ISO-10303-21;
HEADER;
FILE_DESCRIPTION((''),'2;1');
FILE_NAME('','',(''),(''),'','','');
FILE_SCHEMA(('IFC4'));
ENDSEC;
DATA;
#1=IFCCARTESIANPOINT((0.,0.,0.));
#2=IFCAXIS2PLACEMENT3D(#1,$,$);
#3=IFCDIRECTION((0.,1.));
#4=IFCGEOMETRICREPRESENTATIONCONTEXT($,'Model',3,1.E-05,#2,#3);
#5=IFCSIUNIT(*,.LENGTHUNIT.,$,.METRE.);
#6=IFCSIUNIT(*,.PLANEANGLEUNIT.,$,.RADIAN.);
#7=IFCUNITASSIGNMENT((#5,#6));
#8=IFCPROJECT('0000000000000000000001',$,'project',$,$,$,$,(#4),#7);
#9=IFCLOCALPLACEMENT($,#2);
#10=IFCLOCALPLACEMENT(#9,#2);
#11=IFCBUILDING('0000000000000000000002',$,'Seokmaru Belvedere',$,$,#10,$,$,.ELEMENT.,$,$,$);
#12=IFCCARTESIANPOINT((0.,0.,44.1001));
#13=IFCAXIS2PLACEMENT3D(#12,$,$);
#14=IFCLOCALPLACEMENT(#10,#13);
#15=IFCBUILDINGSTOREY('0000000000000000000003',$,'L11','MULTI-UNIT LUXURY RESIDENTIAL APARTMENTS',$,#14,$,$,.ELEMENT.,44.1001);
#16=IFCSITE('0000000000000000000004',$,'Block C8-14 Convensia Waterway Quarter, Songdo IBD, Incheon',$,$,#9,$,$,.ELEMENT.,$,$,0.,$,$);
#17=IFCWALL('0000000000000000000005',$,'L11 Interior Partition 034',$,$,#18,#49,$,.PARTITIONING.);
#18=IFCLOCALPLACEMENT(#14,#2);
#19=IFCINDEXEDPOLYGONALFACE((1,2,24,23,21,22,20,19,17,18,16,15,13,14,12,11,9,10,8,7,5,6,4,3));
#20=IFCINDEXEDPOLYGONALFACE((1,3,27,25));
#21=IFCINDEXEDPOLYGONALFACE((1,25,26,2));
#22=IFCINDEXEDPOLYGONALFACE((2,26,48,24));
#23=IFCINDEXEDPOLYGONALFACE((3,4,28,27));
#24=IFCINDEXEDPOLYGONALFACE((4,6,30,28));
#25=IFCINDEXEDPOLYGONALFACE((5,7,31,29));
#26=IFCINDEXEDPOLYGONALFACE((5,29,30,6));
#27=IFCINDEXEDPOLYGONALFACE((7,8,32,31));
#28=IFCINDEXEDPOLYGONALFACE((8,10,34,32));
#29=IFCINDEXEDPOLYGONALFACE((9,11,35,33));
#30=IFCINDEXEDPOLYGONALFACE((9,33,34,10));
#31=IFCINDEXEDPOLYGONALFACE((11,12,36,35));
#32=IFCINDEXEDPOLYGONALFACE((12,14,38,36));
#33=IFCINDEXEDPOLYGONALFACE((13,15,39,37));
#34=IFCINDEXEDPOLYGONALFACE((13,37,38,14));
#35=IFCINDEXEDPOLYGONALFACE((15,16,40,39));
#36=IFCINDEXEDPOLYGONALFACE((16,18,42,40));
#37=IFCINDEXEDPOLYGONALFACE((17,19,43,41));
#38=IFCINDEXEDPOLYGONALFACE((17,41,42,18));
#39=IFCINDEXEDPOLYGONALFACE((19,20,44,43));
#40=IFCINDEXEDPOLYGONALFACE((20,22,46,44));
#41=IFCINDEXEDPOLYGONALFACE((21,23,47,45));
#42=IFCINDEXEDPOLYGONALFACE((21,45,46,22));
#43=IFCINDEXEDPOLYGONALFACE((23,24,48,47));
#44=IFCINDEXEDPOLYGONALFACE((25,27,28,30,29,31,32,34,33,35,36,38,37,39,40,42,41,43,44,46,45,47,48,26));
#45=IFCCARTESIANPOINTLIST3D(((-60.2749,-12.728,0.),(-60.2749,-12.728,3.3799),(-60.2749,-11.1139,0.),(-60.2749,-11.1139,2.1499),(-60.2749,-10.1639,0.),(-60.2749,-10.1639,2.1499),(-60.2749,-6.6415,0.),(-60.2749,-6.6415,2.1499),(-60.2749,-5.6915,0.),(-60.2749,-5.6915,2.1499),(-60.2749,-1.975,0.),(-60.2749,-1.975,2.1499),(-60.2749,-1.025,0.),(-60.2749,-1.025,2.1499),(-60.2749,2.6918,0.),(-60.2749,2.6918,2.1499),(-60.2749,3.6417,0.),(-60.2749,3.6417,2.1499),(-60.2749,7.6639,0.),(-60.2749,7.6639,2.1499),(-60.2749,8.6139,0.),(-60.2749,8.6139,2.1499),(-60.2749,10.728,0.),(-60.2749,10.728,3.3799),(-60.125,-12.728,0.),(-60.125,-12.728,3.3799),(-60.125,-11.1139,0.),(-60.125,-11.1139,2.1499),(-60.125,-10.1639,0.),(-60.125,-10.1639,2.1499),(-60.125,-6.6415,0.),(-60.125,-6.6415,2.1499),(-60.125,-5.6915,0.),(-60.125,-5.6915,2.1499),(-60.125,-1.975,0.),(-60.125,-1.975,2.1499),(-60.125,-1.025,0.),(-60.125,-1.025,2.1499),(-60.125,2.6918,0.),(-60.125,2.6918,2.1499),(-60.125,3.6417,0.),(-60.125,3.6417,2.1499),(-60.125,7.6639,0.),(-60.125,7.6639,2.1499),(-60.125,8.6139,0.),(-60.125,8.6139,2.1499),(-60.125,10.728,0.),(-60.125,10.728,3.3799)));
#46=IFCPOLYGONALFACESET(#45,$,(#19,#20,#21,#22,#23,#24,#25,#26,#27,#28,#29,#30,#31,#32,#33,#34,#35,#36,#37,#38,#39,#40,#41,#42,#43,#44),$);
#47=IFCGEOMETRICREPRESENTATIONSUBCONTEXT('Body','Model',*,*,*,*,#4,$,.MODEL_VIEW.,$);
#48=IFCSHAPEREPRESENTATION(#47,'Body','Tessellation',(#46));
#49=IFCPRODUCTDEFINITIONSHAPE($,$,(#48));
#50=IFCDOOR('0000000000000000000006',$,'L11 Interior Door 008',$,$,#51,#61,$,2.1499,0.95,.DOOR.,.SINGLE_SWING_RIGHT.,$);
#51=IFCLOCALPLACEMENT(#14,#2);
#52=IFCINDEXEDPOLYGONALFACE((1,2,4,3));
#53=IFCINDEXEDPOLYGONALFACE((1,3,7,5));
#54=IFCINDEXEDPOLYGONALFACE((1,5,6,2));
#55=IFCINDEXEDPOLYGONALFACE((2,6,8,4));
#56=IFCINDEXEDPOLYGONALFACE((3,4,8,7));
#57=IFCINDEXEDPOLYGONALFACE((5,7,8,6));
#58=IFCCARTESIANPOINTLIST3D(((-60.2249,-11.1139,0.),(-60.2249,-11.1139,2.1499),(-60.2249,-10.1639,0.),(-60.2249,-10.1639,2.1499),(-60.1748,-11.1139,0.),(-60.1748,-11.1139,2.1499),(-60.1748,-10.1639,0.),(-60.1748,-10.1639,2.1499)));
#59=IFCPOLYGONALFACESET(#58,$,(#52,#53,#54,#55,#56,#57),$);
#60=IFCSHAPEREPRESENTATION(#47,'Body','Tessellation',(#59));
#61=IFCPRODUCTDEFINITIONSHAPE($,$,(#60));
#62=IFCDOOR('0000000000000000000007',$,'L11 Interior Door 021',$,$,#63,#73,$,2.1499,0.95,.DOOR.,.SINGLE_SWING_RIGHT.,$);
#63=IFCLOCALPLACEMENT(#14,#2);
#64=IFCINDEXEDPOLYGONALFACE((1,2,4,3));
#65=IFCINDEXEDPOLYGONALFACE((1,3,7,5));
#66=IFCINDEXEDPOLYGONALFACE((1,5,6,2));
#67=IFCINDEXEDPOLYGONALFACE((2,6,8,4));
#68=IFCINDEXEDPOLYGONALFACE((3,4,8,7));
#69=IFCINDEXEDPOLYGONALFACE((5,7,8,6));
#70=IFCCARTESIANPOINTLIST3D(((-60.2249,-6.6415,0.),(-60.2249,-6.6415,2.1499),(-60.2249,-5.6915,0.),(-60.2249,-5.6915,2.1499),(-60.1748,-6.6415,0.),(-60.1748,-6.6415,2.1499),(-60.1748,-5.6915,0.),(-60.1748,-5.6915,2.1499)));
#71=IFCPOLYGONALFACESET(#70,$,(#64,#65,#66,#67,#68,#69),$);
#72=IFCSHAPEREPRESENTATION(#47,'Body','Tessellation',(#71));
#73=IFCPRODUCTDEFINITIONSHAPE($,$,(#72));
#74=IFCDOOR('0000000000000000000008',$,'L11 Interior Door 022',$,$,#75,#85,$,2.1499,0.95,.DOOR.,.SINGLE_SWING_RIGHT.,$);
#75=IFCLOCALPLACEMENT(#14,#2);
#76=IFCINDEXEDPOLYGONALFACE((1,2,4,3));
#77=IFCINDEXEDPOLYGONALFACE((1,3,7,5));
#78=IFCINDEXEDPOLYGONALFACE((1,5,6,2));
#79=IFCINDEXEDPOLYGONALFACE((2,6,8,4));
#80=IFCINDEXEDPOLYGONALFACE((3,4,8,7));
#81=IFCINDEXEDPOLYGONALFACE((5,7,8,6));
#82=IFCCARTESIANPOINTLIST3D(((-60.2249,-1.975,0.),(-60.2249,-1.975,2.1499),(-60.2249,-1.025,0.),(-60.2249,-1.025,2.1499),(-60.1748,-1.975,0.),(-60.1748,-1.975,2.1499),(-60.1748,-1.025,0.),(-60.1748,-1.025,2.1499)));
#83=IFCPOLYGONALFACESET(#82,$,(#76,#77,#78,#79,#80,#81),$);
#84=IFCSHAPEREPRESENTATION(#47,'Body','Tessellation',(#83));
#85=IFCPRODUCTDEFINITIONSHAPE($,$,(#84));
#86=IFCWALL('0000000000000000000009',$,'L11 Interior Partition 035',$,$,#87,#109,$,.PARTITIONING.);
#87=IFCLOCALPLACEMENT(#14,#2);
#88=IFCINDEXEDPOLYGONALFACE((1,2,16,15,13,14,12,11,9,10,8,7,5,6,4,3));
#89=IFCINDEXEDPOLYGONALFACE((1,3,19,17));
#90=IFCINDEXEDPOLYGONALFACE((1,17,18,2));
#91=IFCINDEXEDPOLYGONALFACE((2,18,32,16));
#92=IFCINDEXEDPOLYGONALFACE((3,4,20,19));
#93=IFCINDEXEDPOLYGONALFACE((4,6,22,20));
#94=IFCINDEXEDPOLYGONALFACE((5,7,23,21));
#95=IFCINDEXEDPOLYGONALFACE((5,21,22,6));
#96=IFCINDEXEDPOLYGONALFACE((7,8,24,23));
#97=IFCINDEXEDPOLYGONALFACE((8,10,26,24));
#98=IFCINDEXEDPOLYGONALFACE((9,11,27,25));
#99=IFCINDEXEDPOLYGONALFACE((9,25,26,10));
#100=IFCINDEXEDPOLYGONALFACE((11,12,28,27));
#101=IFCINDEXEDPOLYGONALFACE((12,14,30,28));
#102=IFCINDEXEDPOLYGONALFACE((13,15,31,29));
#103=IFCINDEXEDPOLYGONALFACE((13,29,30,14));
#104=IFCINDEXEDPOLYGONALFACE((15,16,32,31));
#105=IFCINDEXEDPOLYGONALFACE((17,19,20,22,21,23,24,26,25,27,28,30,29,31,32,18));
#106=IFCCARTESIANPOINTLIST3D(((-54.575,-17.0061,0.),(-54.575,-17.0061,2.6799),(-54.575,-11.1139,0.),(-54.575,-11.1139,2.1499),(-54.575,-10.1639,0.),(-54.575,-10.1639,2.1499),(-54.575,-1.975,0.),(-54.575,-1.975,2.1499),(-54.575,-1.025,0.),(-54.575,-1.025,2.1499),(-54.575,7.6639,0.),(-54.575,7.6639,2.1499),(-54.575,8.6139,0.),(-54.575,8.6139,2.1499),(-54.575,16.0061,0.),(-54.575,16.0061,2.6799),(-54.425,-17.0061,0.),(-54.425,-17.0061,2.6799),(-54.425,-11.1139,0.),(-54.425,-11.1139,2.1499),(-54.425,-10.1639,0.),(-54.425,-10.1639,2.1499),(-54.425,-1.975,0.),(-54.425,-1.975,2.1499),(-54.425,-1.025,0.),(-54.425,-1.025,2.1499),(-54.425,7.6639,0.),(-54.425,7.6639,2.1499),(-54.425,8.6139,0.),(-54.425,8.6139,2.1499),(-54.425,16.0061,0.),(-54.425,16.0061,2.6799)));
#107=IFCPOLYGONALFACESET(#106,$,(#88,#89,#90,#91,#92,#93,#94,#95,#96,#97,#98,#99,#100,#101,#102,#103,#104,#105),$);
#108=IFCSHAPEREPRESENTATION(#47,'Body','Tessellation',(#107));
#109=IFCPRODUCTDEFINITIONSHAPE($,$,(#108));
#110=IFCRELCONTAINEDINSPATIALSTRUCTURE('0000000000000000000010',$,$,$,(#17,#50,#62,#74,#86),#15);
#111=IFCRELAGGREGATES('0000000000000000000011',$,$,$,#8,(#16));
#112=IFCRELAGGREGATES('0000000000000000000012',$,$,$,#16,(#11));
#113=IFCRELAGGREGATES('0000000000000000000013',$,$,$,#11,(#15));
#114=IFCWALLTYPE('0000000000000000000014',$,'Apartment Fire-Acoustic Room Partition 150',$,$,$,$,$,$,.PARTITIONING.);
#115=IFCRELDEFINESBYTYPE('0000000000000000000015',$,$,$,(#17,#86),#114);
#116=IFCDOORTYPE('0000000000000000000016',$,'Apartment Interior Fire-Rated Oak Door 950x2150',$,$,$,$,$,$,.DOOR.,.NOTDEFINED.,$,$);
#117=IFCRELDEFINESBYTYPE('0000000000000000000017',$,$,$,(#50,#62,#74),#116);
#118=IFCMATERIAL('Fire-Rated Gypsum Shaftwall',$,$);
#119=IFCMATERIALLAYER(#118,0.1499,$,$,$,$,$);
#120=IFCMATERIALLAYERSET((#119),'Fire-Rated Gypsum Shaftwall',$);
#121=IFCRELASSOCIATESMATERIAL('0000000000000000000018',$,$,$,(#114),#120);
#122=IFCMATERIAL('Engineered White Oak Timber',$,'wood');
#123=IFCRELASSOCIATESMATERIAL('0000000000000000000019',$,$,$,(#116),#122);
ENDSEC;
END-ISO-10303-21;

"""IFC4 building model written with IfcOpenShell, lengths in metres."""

from ifc_helpers import new_model, si_unit, direction, frame, frame_2d, origin, place, context, subcontext, project, spatial, rectangle, extrude, source, transform, mapped, material, layer, layer_set, type_object, type_shapes, element, fill, save


model = new_model("IFC4")

# Units and contexts
model_context = context("Model", 3, precision=1e-05, world=origin(), true_north=direction((0.0, 1.0)))
body_context = subcontext(model_context, "Body", "Model", "MODEL_VIEW")
ifc_project = project(units=[si_unit("LENGTHUNIT", "METRE"), si_unit("PLANEANGLEUNIT", "RADIAN")], contexts=[model_context])

# Site, building, storey
site_placement = place(None, origin())
site = spatial("IfcSite", under=ifc_project, at=site_placement, Name="Block C8-14 Convensia Waterway Quarter, Songdo IBD, Incheon", CompositionType="ELEMENT", RefElevation=0.0)
building_placement = place(site_placement, origin())
building = spatial("IfcBuilding", under=site, at=building_placement, Name="Seokmaru Belvedere", CompositionType="ELEMENT")
storey_placement = place(building_placement, frame((0.0, 0.0, 44.1001)))
storey = spatial("IfcBuildingStorey", under=building, at=storey_placement, Name="L11", Description="MULTI-UNIT LUXURY RESIDENTIAL APARTMENTS", CompositionType="ELEMENT", Elevation=44.1001)

# Shared definitions
ifc_material_1 = material(Name="Fire-Rated Gypsum Shaftwall")
ifc_layer_1 = layer(ifc_material_1, 0.1499)
ifc_layer_set_1 = layer_set([ifc_layer_1], Name="Fire-Rated Gypsum Shaftwall")
wall_type = type_object("IfcWallType", Name="Apartment Fire-Acoustic Room Partition 150", PredefinedType="PARTITIONING", material=ifc_layer_set_1)
ifc_material_2 = material(Name="Engineered White Oak Timber", Category="wood")
door_type = type_object("IfcDoorType", Name="Apartment Interior Fire-Rated Oak Door 950x2150", OperationType="NOTDEFINED", PredefinedType="DOOR", material=ifc_material_2)
shared_shape_1 = source(origin(), body_context, "Body", "SweptSolid", [
    extrude(rectangle(XDim=0.95, YDim=2.1499, at=frame_2d((0.4751, 1.075))), frame((0.0, 0.0249, 0.0), z_axis=(0.0, -1.0, 0.0), x_axis=(1.0, 0.0, 0.0)), (0.0, 0.0, 1.0), 0.05),
])
type_shapes(door_type, [shared_shape_1])

# Wall, openings, doors
wall_1_placement = place(storey_placement, frame((-60.2, -12.728, 0.0), z_axis=(0.0, 0.0, 1.0), x_axis=(0.0, 1.0, 0.0)))
wall_1 = element("IfcWall", 1, at=wall_1_placement, inside=storey, type_object=wall_type, Name="L11 Interior Partition 034", PredefinedType="PARTITIONING", context=body_context, shape_type="SweptSolid", body=[
    extrude(rectangle(XDim=23.4561, YDim=0.1499, at=frame_2d((11.728, 0.0))), origin(), (0.0, 0.0, 1.0), 3.3799),
])
opening_1_placement = place(wall_1_placement, frame((1.614, 0.0, 0.0)))
opening_1 = element("IfcOpeningElement", 2, at=opening_1_placement, cuts=wall_1, PredefinedType="OPENING", context=body_context, shape_type="SweptSolid", body=[
    extrude(rectangle(XDim=0.95, YDim=2.1499, at=frame_2d((0.4751, 1.075))), frame((0.0, 0.085, 0.0), z_axis=(0.0, -1.0, 0.0), x_axis=(1.0, 0.0, 0.0)), (0.0, 0.0, 1.0), 0.1699),
])
opening_2_placement = place(wall_1_placement, frame((6.0864, 0.0, 0.0)))
opening_2 = element("IfcOpeningElement", 3, at=opening_2_placement, cuts=wall_1, PredefinedType="OPENING", context=body_context, shape_type="SweptSolid", body=[
    extrude(rectangle(XDim=0.95, YDim=2.1499, at=frame_2d((0.4751, 1.075))), frame((0.0, 0.085, 0.0), z_axis=(0.0, -1.0, 0.0), x_axis=(1.0, 0.0, 0.0)), (0.0, 0.0, 1.0), 0.1699),
])
opening_3_placement = place(wall_1_placement, frame((10.7529, 0.0, 0.0)))
opening_3 = element("IfcOpeningElement", 4, at=opening_3_placement, cuts=wall_1, PredefinedType="OPENING", context=body_context, shape_type="SweptSolid", body=[
    extrude(rectangle(XDim=0.95, YDim=2.1499, at=frame_2d((0.4751, 1.075))), frame((0.0, 0.085, 0.0), z_axis=(0.0, -1.0, 0.0), x_axis=(1.0, 0.0, 0.0)), (0.0, 0.0, 1.0), 0.1699),
])
opening_4_placement = place(wall_1_placement, frame((15.4197, 0.0, 0.0)))
element("IfcOpeningElement", 5, at=opening_4_placement, cuts=wall_1, PredefinedType="OPENING", context=body_context, shape_type="SweptSolid", body=[
    extrude(rectangle(XDim=0.95, YDim=2.1499, at=frame_2d((0.4751, 1.075))), frame((0.0, 0.085, 0.0), z_axis=(0.0, -1.0, 0.0), x_axis=(1.0, 0.0, 0.0)), (0.0, 0.0, 1.0), 0.1699),
])
opening_5_placement = place(wall_1_placement, frame((20.3918, 0.0, 0.0)))
element("IfcOpeningElement", 6, at=opening_5_placement, cuts=wall_1, PredefinedType="OPENING", context=body_context, shape_type="SweptSolid", body=[
    extrude(rectangle(XDim=0.95, YDim=2.1499, at=frame_2d((0.4751, 1.075))), frame((0.0, 0.085, 0.0), z_axis=(0.0, -1.0, 0.0), x_axis=(1.0, 0.0, 0.0)), (0.0, 0.0, 1.0), 0.1699),
])
door_1_placement = place(opening_1_placement, origin())
door_1 = element("IfcDoor", 7, at=door_1_placement, inside=storey, type_object=door_type, Name="L11 Interior Door 008", OperationType="SINGLE_SWING_RIGHT", OverallHeight=2.1499, OverallWidth=0.95, PredefinedType="DOOR", context=body_context, shape_type="MappedRepresentation", body=[
    mapped(shared_shape_1, transform((0.0, 0.0, 0.0), scale=1.0)),
])
fill(opening_1, door_1)
door_2_placement = place(opening_2_placement, origin())
door_2 = element("IfcDoor", 8, at=door_2_placement, inside=storey, type_object=door_type, Name="L11 Interior Door 021", OperationType="SINGLE_SWING_RIGHT", OverallHeight=2.1499, OverallWidth=0.95, PredefinedType="DOOR", context=body_context, shape_type="MappedRepresentation", body=[
    mapped(shared_shape_1, transform((0.0, 0.0, 0.0), scale=1.0)),
])
fill(opening_2, door_2)
door_3_placement = place(opening_3_placement, origin())
door_3 = element("IfcDoor", 9, at=door_3_placement, inside=storey, type_object=door_type, Name="L11 Interior Door 022", OperationType="SINGLE_SWING_RIGHT", OverallHeight=2.1499, OverallWidth=0.95, PredefinedType="DOOR", context=body_context, shape_type="MappedRepresentation", body=[
    mapped(shared_shape_1, transform((0.0, 0.0, 0.0), scale=1.0)),
])
fill(opening_3, door_3)

# Wall, openings
wall_2_placement = place(storey_placement, frame((-54.5, -17.0061, 0.0), z_axis=(0.0, 0.0, 1.0), x_axis=(0.0, 1.0, 0.0)))
wall_2 = element("IfcWall", 10, at=wall_2_placement, inside=storey, type_object=wall_type, Name="L11 Interior Partition 035", PredefinedType="PARTITIONING", context=body_context, shape_type="SweptSolid", body=[
    extrude(rectangle(XDim=33.0122, YDim=0.1499, at=frame_2d((16.5061, 0.0))), origin(), (0.0, 0.0, 1.0), 2.6799),
])
opening_6_placement = place(wall_2_placement, frame((5.8921, 0.0, 0.0)))
element("IfcOpeningElement", 11, at=opening_6_placement, cuts=wall_2, PredefinedType="OPENING", context=body_context, shape_type="SweptSolid", body=[
    extrude(rectangle(XDim=0.95, YDim=2.1499, at=frame_2d((0.4751, 1.075))), frame((0.0, 0.085, 0.0), z_axis=(0.0, -1.0, 0.0), x_axis=(1.0, 0.0, 0.0)), (0.0, 0.0, 1.0), 0.1699),
])
opening_7_placement = place(wall_2_placement, frame((15.031, 0.0, 0.0)))
element("IfcOpeningElement", 12, at=opening_7_placement, cuts=wall_2, PredefinedType="OPENING", context=body_context, shape_type="SweptSolid", body=[
    extrude(rectangle(XDim=0.95, YDim=2.1499, at=frame_2d((0.4751, 1.075))), frame((0.0, 0.085, 0.0), z_axis=(0.0, -1.0, 0.0), x_axis=(1.0, 0.0, 0.0)), (0.0, 0.0, 1.0), 0.1699),
])
opening_8_placement = place(wall_2_placement, frame((24.6699, 0.0, 0.0)))
element("IfcOpeningElement", 13, at=opening_8_placement, cuts=wall_2, PredefinedType="OPENING", context=body_context, shape_type="SweptSolid", body=[
    extrude(rectangle(XDim=0.95, YDim=2.1499, at=frame_2d((0.4751, 1.075))), frame((0.0, 0.085, 0.0), z_axis=(0.0, -1.0, 0.0), x_axis=(1.0, 0.0, 0.0)), (0.0, 0.0, 1.0), 0.1699),
])

save(model, "model.ifc")
